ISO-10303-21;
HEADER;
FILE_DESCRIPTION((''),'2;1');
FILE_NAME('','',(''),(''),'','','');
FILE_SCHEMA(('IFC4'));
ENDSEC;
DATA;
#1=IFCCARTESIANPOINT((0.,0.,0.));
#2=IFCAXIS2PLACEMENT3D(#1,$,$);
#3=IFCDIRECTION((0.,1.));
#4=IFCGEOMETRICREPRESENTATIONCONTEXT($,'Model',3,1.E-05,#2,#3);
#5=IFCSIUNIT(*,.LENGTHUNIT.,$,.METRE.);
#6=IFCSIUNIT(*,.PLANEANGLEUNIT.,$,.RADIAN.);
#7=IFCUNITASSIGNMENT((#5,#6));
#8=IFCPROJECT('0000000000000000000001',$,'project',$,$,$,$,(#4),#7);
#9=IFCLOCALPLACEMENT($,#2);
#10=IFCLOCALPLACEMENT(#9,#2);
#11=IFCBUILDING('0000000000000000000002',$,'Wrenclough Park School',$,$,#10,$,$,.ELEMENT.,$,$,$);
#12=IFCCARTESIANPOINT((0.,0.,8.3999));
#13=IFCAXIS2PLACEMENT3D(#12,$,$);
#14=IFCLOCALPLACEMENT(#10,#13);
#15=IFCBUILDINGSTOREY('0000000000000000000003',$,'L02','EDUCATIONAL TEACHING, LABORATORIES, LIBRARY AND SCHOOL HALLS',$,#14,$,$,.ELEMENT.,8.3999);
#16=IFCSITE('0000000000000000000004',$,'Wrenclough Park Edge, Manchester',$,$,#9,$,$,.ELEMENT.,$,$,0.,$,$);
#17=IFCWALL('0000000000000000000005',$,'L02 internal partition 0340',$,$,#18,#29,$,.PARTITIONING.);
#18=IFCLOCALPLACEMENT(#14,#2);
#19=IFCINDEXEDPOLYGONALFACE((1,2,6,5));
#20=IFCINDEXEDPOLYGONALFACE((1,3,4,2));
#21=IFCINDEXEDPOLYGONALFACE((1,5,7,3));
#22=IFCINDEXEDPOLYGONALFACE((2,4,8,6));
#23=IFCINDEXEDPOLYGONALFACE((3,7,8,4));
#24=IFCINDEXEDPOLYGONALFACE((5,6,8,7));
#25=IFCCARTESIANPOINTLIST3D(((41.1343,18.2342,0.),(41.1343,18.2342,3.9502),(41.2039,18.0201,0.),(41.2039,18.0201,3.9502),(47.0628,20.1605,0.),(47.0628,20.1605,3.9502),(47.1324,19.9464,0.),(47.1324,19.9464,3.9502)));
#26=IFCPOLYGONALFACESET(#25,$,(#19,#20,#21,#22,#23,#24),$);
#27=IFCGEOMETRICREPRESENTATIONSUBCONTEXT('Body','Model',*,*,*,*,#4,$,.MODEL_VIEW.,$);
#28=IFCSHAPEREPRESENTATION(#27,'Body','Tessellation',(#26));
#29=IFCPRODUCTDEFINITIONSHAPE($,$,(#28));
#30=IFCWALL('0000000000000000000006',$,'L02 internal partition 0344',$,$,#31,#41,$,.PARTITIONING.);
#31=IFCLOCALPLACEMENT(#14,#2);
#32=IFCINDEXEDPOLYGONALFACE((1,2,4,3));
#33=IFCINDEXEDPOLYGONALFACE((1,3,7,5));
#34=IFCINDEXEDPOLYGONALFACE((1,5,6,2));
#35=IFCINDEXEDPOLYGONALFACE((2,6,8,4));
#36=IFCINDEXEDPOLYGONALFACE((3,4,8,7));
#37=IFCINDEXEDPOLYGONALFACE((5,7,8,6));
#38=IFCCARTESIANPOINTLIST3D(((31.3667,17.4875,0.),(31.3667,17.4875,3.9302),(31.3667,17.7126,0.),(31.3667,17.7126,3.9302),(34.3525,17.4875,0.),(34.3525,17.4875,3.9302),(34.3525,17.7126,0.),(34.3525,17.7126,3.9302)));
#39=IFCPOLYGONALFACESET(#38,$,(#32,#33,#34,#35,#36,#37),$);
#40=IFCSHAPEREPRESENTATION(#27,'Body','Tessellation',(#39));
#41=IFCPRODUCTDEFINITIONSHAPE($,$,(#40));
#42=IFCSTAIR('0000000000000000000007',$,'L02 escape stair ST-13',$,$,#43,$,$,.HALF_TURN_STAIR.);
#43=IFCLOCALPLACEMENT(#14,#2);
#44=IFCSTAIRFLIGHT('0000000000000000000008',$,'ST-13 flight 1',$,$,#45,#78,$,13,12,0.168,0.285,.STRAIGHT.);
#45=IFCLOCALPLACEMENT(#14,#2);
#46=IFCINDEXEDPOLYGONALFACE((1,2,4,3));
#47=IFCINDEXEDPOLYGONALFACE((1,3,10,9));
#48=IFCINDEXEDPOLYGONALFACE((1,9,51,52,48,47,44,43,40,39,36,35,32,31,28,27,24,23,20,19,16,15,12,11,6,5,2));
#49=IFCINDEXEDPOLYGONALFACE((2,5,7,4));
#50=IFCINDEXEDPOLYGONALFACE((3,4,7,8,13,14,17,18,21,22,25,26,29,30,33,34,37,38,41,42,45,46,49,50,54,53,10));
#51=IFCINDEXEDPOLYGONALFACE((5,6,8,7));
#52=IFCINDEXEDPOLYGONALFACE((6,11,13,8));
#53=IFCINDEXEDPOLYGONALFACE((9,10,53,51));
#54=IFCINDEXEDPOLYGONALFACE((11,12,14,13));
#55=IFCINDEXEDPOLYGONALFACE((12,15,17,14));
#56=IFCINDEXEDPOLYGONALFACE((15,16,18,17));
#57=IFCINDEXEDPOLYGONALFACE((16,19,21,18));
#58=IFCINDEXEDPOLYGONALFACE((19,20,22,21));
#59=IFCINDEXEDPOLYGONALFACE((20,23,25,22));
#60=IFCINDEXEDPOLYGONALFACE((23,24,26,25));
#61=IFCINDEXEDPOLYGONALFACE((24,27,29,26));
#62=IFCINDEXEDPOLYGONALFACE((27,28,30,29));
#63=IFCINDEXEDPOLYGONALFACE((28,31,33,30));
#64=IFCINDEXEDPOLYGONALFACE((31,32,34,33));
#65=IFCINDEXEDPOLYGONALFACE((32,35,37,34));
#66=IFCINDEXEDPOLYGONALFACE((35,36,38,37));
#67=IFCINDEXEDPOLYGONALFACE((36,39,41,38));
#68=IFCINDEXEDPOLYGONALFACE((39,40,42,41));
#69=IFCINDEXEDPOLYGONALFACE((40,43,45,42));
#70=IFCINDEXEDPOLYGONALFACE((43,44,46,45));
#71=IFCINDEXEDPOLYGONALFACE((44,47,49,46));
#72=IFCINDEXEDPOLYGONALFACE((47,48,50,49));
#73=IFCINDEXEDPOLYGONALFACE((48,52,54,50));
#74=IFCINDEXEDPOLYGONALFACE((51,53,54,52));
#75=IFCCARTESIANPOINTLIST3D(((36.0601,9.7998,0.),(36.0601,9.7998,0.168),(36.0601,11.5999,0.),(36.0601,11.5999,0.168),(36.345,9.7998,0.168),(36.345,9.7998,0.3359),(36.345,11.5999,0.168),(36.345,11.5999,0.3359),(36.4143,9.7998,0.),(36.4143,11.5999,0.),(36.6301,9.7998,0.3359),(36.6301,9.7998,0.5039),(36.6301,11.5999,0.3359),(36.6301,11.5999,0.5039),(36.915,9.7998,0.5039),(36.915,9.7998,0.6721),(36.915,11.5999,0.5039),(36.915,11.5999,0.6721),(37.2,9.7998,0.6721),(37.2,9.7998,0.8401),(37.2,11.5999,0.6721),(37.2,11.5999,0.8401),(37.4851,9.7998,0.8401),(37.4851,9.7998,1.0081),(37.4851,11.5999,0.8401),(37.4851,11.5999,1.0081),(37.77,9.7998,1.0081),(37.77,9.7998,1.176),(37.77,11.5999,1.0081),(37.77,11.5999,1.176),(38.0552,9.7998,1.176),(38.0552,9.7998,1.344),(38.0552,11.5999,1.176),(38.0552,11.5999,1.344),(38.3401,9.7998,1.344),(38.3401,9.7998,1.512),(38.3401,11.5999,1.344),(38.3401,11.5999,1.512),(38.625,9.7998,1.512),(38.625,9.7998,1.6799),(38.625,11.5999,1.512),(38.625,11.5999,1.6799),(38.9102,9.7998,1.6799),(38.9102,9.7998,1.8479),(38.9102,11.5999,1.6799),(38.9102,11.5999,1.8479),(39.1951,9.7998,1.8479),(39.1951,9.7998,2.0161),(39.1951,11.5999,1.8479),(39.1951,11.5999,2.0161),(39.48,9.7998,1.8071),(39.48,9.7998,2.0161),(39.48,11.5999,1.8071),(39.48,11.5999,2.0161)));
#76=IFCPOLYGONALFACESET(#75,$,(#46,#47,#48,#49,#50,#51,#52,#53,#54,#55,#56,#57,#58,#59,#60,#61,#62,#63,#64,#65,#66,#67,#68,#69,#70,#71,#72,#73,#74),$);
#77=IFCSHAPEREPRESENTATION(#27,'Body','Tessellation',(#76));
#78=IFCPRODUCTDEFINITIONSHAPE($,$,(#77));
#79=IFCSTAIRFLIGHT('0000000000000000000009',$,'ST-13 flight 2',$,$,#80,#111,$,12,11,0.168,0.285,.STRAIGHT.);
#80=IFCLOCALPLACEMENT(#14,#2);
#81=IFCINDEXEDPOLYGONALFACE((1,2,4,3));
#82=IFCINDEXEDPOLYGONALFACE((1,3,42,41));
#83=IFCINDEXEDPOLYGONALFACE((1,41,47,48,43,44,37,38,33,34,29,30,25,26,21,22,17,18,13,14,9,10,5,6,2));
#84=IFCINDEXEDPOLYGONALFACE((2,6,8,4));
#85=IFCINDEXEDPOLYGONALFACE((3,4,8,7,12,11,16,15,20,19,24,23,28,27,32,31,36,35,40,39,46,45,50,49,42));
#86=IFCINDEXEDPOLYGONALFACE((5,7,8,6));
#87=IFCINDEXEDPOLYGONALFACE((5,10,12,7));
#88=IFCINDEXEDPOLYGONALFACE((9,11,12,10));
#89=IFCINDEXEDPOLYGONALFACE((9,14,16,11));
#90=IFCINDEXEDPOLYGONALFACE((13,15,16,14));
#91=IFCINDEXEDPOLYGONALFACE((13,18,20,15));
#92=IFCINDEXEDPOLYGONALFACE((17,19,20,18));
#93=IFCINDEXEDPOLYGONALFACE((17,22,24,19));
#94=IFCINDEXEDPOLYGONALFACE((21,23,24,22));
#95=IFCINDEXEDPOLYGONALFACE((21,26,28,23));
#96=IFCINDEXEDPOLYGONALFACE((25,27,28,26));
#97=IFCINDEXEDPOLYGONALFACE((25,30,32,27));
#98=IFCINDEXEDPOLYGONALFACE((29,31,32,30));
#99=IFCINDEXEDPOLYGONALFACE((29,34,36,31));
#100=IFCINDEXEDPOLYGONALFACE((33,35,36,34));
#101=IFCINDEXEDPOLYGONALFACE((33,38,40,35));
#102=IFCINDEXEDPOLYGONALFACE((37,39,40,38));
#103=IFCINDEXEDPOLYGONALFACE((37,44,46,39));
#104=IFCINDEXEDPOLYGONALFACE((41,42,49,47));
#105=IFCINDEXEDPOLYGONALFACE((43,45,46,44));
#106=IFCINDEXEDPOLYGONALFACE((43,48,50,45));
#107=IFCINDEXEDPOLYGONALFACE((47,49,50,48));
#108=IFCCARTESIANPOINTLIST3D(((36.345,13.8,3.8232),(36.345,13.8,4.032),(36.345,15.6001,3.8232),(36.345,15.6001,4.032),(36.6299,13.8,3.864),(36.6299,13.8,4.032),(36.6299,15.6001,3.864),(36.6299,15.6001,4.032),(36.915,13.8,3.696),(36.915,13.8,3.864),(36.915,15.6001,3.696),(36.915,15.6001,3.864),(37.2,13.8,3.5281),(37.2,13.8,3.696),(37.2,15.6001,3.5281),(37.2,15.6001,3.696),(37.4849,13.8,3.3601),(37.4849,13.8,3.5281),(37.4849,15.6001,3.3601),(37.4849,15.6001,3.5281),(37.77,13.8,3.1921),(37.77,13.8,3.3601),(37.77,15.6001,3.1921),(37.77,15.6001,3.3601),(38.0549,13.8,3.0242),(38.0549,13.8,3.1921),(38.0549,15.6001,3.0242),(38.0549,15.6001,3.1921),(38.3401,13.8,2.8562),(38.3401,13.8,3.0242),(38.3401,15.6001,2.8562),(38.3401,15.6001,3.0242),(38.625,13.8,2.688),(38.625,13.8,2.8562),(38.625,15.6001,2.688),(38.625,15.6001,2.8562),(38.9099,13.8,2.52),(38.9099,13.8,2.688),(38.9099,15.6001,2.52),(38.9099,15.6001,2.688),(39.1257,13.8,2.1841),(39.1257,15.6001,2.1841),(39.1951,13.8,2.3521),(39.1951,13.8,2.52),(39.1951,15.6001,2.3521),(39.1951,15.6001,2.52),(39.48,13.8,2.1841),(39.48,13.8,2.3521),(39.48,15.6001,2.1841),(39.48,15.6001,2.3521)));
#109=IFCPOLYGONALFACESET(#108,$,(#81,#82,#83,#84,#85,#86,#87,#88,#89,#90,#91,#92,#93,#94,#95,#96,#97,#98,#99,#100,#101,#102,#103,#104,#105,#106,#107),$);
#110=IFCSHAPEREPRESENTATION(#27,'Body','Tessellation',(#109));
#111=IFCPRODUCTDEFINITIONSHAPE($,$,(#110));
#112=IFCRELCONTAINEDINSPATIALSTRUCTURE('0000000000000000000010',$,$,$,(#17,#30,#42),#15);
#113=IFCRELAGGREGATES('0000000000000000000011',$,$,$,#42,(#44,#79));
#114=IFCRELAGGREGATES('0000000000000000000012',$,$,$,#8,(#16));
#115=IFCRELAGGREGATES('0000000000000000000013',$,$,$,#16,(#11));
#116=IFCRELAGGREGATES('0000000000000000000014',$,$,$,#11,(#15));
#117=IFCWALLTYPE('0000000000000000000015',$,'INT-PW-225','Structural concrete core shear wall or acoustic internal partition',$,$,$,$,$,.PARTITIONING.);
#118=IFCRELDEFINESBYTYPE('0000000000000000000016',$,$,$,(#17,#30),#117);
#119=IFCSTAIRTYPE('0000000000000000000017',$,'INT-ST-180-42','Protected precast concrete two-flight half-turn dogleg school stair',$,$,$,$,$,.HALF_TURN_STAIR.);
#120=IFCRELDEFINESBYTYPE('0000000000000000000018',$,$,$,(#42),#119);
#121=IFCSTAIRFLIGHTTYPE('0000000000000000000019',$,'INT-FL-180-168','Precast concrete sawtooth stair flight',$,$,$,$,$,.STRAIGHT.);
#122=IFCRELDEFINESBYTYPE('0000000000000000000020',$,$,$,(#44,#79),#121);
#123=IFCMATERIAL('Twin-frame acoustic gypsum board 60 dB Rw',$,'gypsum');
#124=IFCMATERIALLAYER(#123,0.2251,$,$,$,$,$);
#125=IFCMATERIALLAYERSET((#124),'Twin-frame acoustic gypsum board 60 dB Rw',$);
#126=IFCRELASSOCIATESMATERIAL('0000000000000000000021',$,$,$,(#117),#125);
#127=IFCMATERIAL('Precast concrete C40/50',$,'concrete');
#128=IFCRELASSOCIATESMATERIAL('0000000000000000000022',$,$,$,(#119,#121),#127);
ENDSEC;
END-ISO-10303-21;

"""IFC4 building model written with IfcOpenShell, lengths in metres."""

from ifc_helpers import new_model, si_unit, direction, frame, frame_2d, origin, place, context, subcontext, project, spatial, polyline, rectangle, outline, extrude, material, layer, layer_set, type_object, element, aggregate, save


model = new_model("IFC4")

# Units and contexts
model_context = context("Model", 3, precision=1e-05, world=origin(), true_north=direction((0.0, 1.0)))
body_context = subcontext(model_context, "Body", "Model", "MODEL_VIEW")
ifc_project = project(units=[si_unit("LENGTHUNIT", "METRE"), si_unit("PLANEANGLEUNIT", "RADIAN")], contexts=[model_context])

# Site, building, storey
site_placement = place(None, origin())
site = spatial("IfcSite", under=ifc_project, at=site_placement, Name="Wrenclough Park Edge, Manchester", CompositionType="ELEMENT", RefElevation=0.0)
building_placement = place(site_placement, origin())
building = spatial("IfcBuilding", under=site, at=building_placement, Name="Wrenclough Park School", CompositionType="ELEMENT")
storey_placement = place(building_placement, frame((0.0, 0.0, 8.3999)))
storey = spatial("IfcBuildingStorey", under=building, at=storey_placement, Name="L02", Description="EDUCATIONAL TEACHING, LABORATORIES, LIBRARY AND SCHOOL HALLS", CompositionType="ELEMENT", Elevation=8.3999)

# Walls
ifc_material_1 = material(Name="Twin-frame acoustic gypsum board 60 dB Rw", Category="gypsum")
ifc_layer_1 = layer(ifc_material_1, 0.2251)
ifc_layer_set_1 = layer_set([ifc_layer_1], Name="Twin-frame acoustic gypsum board 60 dB Rw")
wall_type_1 = type_object("IfcWallType", Name="INT-PW-225", Description="Structural concrete core shear wall or acoustic internal partition", PredefinedType="PARTITIONING", material=ifc_layer_set_1)
wall_1_placement = place(storey_placement, frame((41.1692, 18.1272, 0.0), z_axis=(0.0, 0.0, 1.0), x_axis=(0.951057, 0.309016, 0.0)))
element("IfcWall", 1, at=wall_1_placement, inside=storey, type_object=wall_type_1, Name="L02 internal partition 0340", PredefinedType="PARTITIONING", context=body_context, shape_type="SweptSolid", body=[
    extrude(rectangle(XDim=6.2336, YDim=0.2251, at=frame_2d((3.1167, 0.0))), origin(), (0.0, 0.0, 1.0), 3.9502),
])
wall_2_placement = place(storey_placement, frame((34.3525, 17.6001, 0.0), z_axis=(0.0, 0.0, 1.0), x_axis=(-1.0, 0.0, 0.0)))
element("IfcWall", 2, at=wall_2_placement, inside=storey, type_object=wall_type_1, Name="L02 internal partition 0344", PredefinedType="PARTITIONING", context=body_context, shape_type="SweptSolid", body=[
    extrude(rectangle(XDim=2.9858, YDim=0.2251, at=frame_2d((1.4929, 0.0))), origin(), (0.0, 0.0, 1.0), 3.9302),
])

# Stair, stair flights
ifc_material_2 = material(Name="Precast concrete C40/50", Category="concrete")
stair_type = type_object("IfcStairType", Name="INT-ST-180-42", Description="Protected precast concrete two-flight half-turn dogleg school stair", PredefinedType="HALF_TURN_STAIR", material=ifc_material_2)
stair_placement = place(storey_placement, origin())
stair = element("IfcStair", 3, at=stair_placement, inside=storey, type_object=stair_type, Name="L02 escape stair ST-13", PredefinedType="HALF_TURN_STAIR")
stair_flight_type = type_object("IfcStairFlightType", Name="INT-FL-180-168", Description="Precast concrete sawtooth stair flight", PredefinedType="STRAIGHT", material=ifc_material_2)
stair_flight_1_placement = place(storey_placement, frame((36.0601, 10.7, 0.0), z_axis=(0.0, 0.0, 1.0), x_axis=(1.0, 0.0, 0.0)))
stair_flight_1 = element("IfcStairFlight", 4, at=stair_flight_1_placement, type_object=stair_flight_type, Name="ST-13 flight 1", NumberOfRisers=13, NumberOfTreads=12, PredefinedType="STRAIGHT", RiserHeight=0.168, TreadLength=0.285, context=body_context, shape_type="SweptSolid", body=[
    extrude(outline(polyline([(0.0, 0.0), (0.0, 0.168), (0.2849, 0.168), (0.2849, 0.3359), (0.5701, 0.3359), (0.5701, 0.5039), (0.855, 0.5039), (0.855, 0.6721), (1.1399, 0.6721), (1.1399, 0.8401), (1.425, 0.8401), (1.425, 1.0081), (1.71, 1.0081), (1.71, 1.176), (1.9951, 1.176), (1.9951, 1.344), (2.28, 1.344), (2.28, 1.512), (2.5649, 1.512), (2.5649, 1.6799), (2.8501, 1.6799), (2.8501, 1.8479), (3.135, 1.8479), (3.135, 2.0161), (3.4199, 2.0161), (3.4199, 2.1841), (3.4199, 1.8071), (0.3542, 0.0), (0.0, 0.0)])), frame((0.0, 0.8999, 0.0), z_axis=(0.0, -1.0, 0.0), x_axis=(1.0, 0.0, 0.0)), (0.0, 0.0, 1.0), 1.8),
])
stair_flight_2_placement = place(storey_placement, frame((39.48, 14.7, 2.1841), z_axis=(0.0, 0.0, 1.0), x_axis=(-1.0, 0.0, 0.0)))
stair_flight_2 = element("IfcStairFlight", 5, at=stair_flight_2_placement, type_object=stair_flight_type, Name="ST-13 flight 2", NumberOfRisers=12, NumberOfTreads=11, PredefinedType="STRAIGHT", RiserHeight=0.168, TreadLength=0.285, context=body_context, shape_type="SweptSolid", body=[
    extrude(outline(polyline([(0.0, 0.0), (0.0, 0.168), (0.2849, 0.168), (0.2849, 0.3359), (0.5701, 0.3359), (0.5701, 0.5039), (0.855, 0.5039), (0.855, 0.6721), (1.1399, 0.6721), (1.1399, 0.8401), (1.425, 0.8401), (1.425, 1.0081), (1.71, 1.0081), (1.71, 1.176), (1.9951, 1.176), (1.9951, 1.344), (2.28, 1.344), (2.28, 1.512), (2.5649, 1.512), (2.5649, 1.6799), (2.8501, 1.6799), (2.8501, 1.8479), (3.135, 1.8479), (3.135, 2.0161), (3.135, 1.6392), (0.3542, 0.0), (0.0, 0.0)])), frame((0.0, 0.8999, 0.0), z_axis=(0.0, -1.0, 0.0), x_axis=(1.0, 0.0, 0.0)), (0.0, 0.0, 1.0), 1.8),
])
aggregate(stair, [stair_flight_1, stair_flight_2])

save(model, "model.ifc")
